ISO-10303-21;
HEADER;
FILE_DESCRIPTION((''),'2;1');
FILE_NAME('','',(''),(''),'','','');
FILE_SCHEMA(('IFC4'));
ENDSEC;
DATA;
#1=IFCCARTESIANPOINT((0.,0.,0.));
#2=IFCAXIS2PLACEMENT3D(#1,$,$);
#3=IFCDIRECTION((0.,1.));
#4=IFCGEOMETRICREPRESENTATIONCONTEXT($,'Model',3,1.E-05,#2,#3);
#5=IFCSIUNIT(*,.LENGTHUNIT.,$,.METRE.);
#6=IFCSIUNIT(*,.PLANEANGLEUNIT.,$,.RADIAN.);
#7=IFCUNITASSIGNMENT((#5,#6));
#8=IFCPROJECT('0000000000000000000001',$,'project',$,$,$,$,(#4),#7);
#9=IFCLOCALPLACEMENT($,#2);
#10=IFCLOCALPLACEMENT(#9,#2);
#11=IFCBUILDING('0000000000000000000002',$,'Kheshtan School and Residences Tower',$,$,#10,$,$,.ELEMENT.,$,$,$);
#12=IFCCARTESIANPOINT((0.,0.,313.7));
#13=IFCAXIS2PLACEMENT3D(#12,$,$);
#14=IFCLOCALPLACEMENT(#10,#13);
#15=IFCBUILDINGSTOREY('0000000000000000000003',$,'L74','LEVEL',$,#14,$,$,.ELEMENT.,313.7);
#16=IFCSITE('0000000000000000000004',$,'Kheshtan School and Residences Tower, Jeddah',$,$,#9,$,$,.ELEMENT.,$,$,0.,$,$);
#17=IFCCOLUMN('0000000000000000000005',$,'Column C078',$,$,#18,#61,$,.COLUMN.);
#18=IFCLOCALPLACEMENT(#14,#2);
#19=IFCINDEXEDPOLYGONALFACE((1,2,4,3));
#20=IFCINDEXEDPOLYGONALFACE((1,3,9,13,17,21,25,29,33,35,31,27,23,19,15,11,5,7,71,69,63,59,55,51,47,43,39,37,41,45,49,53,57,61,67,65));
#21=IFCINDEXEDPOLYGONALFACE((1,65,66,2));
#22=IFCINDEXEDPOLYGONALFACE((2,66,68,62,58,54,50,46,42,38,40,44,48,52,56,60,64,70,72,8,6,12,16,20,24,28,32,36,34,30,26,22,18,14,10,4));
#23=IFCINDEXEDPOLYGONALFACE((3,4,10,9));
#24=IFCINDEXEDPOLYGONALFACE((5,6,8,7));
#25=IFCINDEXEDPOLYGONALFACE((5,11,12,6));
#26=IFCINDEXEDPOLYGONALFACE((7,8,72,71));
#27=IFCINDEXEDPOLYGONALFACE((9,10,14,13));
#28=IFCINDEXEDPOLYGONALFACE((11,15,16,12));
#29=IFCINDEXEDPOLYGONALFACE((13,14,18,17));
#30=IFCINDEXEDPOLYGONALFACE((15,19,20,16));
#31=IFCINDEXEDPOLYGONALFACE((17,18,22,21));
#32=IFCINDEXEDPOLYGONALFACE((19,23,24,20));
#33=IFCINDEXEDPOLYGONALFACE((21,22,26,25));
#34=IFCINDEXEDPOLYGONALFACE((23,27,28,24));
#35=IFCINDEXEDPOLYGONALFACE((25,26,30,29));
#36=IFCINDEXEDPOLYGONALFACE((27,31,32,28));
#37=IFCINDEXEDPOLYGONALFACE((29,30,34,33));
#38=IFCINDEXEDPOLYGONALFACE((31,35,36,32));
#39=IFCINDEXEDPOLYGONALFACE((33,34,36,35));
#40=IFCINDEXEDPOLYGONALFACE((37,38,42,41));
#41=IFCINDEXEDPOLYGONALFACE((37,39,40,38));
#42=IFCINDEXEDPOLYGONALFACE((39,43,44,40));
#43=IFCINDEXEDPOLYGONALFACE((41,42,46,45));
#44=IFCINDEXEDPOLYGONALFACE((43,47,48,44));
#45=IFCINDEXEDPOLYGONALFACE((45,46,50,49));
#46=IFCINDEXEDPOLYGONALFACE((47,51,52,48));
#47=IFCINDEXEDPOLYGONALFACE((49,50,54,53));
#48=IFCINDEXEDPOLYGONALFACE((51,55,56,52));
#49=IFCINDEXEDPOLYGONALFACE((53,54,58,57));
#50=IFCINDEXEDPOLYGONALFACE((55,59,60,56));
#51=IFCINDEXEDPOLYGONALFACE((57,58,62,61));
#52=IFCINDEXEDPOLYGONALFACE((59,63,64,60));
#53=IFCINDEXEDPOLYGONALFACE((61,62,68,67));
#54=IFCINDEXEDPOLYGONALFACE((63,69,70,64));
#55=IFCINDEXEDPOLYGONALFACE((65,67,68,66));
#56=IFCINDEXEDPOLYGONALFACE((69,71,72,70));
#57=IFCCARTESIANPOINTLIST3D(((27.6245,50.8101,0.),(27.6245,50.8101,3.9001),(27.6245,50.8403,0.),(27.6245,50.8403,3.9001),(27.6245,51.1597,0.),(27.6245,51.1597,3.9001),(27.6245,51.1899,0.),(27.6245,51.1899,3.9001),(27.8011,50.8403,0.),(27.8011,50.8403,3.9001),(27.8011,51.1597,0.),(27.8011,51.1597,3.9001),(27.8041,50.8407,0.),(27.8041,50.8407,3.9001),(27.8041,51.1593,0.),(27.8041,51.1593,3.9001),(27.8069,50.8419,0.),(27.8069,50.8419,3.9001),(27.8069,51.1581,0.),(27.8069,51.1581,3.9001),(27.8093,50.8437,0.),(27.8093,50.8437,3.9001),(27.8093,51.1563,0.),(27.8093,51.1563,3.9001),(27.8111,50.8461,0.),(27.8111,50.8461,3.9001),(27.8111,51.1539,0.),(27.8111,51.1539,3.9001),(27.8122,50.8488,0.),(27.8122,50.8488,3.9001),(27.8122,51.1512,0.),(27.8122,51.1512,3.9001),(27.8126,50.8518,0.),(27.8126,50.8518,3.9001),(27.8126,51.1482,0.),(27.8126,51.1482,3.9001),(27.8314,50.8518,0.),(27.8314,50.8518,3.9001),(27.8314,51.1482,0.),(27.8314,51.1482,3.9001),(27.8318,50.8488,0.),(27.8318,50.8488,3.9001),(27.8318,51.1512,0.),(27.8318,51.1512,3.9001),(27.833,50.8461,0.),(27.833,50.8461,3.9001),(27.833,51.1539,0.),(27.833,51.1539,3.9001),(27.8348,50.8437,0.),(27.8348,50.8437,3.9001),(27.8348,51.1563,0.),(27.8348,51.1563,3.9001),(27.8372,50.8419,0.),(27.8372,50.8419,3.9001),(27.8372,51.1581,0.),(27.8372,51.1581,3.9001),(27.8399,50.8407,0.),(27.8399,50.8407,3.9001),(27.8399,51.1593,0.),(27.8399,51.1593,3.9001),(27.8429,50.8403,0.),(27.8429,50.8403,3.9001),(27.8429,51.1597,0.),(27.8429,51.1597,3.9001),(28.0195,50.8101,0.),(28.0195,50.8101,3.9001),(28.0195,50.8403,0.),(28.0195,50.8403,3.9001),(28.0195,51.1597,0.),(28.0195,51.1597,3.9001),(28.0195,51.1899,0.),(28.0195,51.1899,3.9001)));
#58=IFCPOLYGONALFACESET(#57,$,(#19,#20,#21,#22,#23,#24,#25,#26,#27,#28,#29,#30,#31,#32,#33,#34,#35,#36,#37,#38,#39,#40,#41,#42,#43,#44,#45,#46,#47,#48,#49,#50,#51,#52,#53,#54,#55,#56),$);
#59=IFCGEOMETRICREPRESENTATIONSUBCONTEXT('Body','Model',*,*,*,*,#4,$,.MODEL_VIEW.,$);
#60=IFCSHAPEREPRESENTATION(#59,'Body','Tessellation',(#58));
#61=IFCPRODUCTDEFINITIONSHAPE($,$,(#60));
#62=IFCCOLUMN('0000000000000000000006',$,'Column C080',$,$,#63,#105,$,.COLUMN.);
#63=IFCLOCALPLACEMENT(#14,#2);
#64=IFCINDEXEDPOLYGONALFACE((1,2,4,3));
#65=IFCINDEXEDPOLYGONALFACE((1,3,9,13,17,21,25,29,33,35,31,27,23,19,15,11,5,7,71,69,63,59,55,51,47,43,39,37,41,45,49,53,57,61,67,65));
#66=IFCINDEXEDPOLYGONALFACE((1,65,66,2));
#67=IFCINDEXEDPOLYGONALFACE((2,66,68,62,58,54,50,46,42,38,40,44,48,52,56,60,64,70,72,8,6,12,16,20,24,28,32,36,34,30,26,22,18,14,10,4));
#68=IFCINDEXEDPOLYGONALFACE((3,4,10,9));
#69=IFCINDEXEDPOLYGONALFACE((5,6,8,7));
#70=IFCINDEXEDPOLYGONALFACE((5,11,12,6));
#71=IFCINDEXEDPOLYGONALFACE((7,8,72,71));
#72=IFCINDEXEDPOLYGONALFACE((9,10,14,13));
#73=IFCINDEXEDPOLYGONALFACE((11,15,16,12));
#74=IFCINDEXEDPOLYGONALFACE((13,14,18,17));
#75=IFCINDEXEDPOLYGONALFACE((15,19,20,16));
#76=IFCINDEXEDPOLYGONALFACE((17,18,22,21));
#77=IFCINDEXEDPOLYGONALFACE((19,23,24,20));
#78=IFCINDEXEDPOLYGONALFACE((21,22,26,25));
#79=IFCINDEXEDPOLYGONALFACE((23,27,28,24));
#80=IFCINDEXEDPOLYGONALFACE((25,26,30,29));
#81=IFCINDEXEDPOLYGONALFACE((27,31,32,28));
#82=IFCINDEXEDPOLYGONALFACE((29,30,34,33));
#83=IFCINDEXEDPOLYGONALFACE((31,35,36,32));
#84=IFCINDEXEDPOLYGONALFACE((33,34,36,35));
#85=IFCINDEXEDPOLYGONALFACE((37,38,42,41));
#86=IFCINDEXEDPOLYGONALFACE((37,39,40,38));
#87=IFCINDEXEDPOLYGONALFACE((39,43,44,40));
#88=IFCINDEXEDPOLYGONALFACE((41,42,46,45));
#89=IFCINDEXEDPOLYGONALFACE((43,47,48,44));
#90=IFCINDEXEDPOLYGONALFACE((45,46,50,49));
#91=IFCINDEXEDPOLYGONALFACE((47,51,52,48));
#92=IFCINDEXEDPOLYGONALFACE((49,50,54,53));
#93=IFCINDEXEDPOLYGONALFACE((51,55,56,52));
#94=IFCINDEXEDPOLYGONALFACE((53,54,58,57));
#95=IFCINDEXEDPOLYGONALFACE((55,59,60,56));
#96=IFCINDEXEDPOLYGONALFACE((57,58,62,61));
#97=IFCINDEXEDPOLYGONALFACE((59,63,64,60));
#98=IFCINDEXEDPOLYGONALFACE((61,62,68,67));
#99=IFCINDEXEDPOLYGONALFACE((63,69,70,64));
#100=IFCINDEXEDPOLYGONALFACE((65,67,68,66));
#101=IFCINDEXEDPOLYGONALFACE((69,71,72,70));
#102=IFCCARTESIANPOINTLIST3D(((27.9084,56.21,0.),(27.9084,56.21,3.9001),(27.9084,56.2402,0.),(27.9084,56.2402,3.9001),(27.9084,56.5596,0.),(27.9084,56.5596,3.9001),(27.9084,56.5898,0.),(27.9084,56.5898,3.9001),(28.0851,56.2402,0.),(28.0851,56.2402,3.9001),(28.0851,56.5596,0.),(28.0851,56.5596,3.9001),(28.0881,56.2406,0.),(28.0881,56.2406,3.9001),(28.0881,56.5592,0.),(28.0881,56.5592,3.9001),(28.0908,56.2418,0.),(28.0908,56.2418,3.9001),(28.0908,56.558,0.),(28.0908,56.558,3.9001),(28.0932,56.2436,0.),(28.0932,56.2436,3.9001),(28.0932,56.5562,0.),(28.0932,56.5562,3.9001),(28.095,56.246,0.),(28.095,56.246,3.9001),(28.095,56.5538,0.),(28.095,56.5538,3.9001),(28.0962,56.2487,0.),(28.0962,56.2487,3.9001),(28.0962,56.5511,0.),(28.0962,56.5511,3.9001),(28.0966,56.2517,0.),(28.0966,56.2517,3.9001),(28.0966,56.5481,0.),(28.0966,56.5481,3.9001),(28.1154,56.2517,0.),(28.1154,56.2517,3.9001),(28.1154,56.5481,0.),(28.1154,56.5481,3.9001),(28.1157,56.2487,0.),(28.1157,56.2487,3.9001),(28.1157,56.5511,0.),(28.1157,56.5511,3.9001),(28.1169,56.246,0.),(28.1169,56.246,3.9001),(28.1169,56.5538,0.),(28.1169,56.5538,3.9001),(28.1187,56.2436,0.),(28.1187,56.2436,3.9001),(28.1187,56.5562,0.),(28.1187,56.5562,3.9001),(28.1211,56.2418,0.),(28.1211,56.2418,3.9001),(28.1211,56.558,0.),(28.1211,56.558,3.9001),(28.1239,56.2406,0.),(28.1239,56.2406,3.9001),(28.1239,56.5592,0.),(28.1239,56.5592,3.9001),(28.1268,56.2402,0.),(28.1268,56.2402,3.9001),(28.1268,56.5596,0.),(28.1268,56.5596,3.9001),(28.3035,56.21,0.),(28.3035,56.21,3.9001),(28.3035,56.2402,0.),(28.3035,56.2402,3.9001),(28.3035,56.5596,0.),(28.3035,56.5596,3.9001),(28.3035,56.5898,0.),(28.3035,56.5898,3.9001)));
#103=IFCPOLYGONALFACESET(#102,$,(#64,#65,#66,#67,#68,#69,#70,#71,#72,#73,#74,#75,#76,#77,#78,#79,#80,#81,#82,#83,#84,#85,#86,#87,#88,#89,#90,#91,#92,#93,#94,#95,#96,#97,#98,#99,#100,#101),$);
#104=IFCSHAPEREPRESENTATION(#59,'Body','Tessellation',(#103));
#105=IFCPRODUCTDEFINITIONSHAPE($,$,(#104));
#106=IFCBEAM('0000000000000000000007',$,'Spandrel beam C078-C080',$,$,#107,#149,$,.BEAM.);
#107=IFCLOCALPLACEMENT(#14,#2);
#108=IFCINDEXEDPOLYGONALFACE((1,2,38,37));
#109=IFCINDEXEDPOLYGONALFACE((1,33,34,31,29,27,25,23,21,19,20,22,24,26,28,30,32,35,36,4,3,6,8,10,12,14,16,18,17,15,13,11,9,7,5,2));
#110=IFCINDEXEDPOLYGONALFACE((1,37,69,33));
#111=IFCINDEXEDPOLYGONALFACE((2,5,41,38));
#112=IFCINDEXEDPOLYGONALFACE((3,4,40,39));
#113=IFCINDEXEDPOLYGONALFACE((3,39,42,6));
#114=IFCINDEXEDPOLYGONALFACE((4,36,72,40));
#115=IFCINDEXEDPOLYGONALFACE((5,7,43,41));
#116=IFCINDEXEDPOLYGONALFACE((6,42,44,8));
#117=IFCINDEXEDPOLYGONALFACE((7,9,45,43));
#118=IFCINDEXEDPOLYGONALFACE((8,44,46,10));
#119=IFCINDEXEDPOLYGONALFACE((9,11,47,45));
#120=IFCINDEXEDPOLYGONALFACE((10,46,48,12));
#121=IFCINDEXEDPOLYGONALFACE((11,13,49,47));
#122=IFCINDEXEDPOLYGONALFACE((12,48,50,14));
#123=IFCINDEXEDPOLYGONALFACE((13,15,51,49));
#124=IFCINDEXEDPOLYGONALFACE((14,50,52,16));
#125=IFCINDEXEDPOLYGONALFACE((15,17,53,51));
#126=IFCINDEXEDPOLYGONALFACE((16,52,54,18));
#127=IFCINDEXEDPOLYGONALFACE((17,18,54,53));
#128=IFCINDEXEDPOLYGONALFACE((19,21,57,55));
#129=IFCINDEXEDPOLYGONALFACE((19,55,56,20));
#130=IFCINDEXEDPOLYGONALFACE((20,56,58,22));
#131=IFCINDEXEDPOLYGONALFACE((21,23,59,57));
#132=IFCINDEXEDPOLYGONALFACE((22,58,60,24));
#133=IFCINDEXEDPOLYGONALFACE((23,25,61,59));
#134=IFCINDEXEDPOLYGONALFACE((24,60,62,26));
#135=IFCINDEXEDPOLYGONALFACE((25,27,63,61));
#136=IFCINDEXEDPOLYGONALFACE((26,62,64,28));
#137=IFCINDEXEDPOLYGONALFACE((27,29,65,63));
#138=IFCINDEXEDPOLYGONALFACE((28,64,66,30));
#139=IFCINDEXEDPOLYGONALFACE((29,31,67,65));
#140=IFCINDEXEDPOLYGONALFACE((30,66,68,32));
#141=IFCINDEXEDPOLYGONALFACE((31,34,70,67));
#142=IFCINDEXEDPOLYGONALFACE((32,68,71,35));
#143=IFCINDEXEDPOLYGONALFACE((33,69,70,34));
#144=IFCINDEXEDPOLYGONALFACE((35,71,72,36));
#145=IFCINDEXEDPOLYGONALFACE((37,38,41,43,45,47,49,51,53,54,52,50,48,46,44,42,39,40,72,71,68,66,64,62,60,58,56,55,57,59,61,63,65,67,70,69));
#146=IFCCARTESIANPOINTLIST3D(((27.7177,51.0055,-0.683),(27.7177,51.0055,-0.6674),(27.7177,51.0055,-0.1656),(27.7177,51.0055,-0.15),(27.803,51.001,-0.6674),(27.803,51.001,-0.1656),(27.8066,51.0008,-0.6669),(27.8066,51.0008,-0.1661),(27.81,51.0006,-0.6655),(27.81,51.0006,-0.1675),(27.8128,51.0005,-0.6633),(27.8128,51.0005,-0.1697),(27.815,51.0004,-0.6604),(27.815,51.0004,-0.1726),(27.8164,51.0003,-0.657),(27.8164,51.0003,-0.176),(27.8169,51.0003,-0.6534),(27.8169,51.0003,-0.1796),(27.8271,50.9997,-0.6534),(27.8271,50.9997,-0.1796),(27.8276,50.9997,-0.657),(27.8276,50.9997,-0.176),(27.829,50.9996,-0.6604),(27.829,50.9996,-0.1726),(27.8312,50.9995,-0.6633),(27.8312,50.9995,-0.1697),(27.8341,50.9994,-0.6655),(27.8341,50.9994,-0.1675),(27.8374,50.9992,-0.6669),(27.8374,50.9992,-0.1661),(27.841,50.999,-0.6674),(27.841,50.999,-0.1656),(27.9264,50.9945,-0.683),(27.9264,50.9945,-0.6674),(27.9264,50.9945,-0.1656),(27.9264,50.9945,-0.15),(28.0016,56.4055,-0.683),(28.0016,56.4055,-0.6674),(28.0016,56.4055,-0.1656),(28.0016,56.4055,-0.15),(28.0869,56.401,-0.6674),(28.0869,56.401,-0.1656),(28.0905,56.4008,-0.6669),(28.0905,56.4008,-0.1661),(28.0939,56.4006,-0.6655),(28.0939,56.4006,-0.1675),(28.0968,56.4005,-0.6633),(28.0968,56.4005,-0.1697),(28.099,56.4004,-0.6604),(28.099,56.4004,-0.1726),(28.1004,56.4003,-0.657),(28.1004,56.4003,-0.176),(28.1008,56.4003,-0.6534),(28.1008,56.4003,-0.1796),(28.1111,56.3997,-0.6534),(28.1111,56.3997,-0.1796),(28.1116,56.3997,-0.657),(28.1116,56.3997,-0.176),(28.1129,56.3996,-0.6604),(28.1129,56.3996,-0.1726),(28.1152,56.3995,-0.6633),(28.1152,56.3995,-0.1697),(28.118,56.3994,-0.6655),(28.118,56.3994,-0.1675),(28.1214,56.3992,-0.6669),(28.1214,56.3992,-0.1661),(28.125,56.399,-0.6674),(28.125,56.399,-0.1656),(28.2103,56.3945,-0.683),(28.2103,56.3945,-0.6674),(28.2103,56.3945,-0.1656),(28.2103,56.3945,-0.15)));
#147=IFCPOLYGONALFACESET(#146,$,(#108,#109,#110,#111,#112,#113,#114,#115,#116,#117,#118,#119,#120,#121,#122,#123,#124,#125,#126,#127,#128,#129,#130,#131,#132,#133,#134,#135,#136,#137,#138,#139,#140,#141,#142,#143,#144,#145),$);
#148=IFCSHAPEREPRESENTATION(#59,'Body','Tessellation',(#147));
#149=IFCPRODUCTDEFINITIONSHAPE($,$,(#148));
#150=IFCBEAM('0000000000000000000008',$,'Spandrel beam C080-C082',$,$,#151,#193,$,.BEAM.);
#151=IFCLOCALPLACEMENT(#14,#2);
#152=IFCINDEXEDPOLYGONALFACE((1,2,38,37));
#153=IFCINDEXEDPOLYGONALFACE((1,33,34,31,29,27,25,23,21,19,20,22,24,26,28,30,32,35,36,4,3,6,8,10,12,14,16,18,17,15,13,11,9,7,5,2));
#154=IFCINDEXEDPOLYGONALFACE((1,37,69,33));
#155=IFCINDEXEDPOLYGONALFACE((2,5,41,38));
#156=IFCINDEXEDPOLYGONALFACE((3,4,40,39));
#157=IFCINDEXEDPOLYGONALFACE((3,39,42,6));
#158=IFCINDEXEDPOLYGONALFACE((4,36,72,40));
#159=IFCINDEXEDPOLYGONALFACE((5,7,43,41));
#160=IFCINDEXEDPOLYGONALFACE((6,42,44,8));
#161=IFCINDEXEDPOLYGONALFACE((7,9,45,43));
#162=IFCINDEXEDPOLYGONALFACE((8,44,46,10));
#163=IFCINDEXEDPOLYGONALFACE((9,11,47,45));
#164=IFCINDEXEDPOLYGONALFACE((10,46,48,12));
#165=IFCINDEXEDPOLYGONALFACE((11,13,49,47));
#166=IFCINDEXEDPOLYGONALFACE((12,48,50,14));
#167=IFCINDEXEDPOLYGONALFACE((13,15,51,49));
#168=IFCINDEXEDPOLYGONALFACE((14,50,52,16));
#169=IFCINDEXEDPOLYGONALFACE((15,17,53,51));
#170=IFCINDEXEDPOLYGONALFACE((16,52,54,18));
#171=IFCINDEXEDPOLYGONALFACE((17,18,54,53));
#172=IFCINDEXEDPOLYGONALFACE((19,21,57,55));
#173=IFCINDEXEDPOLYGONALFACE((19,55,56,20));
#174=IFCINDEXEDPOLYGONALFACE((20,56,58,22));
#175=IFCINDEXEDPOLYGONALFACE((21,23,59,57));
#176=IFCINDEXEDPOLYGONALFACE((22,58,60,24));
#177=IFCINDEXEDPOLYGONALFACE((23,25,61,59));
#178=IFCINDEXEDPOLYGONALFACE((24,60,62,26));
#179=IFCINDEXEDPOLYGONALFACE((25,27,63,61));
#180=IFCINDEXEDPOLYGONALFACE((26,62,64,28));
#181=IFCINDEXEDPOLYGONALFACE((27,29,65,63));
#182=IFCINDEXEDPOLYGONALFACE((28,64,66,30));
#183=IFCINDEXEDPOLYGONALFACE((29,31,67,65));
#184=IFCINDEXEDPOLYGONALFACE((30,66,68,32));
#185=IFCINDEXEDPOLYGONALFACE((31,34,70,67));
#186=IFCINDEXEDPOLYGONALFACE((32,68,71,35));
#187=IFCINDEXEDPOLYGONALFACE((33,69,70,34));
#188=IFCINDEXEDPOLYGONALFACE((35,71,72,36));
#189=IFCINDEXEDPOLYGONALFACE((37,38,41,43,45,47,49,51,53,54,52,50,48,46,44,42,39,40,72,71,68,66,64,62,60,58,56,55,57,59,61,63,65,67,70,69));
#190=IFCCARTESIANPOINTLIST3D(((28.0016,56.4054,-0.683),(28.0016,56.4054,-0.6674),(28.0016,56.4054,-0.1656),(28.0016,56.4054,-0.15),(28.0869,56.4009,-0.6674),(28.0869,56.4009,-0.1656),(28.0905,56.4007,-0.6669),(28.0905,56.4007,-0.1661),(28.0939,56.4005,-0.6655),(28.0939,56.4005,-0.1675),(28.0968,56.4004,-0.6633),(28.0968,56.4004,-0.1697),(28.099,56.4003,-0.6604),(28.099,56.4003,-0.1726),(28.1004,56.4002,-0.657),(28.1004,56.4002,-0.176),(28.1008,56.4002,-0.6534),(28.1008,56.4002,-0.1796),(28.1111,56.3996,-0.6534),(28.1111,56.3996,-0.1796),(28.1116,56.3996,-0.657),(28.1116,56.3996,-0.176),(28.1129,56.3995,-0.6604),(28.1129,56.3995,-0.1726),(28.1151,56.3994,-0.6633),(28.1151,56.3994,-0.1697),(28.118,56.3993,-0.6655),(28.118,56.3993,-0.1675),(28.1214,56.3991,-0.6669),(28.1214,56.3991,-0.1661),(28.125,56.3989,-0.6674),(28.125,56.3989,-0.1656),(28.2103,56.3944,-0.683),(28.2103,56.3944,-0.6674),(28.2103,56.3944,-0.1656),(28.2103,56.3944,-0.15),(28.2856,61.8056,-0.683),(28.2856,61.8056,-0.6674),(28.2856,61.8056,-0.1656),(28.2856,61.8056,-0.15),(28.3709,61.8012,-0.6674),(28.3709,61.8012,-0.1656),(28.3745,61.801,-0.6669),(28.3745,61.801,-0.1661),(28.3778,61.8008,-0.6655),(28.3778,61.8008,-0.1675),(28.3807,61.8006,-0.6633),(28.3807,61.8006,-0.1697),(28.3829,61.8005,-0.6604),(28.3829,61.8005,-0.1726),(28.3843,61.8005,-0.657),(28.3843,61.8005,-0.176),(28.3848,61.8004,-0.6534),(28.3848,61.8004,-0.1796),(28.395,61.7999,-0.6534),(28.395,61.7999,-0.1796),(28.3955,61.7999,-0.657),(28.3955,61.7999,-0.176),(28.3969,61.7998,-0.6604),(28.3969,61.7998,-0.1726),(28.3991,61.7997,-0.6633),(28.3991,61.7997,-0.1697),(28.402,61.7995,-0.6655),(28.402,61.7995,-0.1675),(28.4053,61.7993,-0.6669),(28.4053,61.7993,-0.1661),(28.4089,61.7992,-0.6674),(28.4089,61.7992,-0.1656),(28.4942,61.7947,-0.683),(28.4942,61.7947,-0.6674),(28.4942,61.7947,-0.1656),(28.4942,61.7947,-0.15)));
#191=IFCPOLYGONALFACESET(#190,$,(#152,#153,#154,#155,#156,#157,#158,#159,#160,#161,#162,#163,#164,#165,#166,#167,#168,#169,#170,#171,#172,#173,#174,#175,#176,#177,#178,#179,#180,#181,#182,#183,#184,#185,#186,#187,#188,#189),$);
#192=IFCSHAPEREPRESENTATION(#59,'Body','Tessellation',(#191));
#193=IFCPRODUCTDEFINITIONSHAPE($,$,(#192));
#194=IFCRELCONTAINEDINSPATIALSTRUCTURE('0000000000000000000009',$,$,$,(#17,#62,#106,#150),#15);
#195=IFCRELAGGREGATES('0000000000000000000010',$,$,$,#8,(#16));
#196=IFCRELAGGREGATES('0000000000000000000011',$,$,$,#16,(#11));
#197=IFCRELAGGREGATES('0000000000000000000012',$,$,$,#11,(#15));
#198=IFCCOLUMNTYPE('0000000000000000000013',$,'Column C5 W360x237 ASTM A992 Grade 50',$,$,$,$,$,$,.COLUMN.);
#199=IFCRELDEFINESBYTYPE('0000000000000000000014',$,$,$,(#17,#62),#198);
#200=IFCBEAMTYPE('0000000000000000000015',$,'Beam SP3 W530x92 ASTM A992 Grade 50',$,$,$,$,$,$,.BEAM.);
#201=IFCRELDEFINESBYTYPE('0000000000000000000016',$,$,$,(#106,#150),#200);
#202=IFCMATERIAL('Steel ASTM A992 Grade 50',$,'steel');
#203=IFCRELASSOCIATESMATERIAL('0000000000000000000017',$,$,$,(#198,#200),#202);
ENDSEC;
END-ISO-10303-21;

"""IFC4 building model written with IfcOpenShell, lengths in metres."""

from ifc_helpers import new_model, si_unit, direction, frame, origin, origin_2d, place, context, subcontext, project, spatial, i_section, extrude, material, material_profile, profile_set, type_object, element, save


model = new_model("IFC4")

# Units and contexts
model_context = context("Model", 3, precision=1e-05, world=origin(), true_north=direction((0.0, 1.0)))
body_context = subcontext(model_context, "Body", "Model", "MODEL_VIEW")
ifc_project = project(units=[si_unit("LENGTHUNIT", "METRE"), si_unit("PLANEANGLEUNIT", "RADIAN")], contexts=[model_context])

# Site, building, storey
site_placement = place(None, origin())
site = spatial("IfcSite", under=ifc_project, at=site_placement, Name="Kheshtan School and Residences Tower, Jeddah", CompositionType="ELEMENT", RefElevation=0.0)
building_placement = place(site_placement, origin())
building = spatial("IfcBuilding", under=site, at=building_placement, Name="Kheshtan School and Residences Tower", CompositionType="ELEMENT")
storey_placement = place(building_placement, frame((0.0, 0.0, 313.7)))
storey = spatial("IfcBuildingStorey", under=building, at=storey_placement, Name="L74", Description="LEVEL", CompositionType="ELEMENT", Elevation=313.7)

# Columns
ifc_material_1 = material(Name="Steel ASTM A992 Grade 50", Category="steel")
ifc_material_profile_1 = material_profile(ifc_material_1, i_section(OverallWidth=0.395, OverallDepth=0.3799, WebThickness=0.0188, FlangeThickness=0.0303, FilletRadius=0.0115, at=origin_2d()), Name="W360x237")
ifc_profile_set_1 = profile_set([ifc_material_profile_1], Name="Steel ASTM A992 Grade 50")
column_type = type_object("IfcColumnType", Name="Column C5 W360x237 ASTM A992 Grade 50", PredefinedType="COLUMN", material=ifc_profile_set_1)
for number, where, z_axis, x_axis, name in (
    (1, (27.822, 51.0, 0.0), (0.0, 0.0, 1.0), (1.0, 0.0, 0.0), "Column C078"),
    (2, (28.106, 56.3999, 0.0), (0.0, 0.0, 1.0), (1.0, 0.0, 0.0), "Column C080"),
):
    element("IfcColumn", number, at=place(storey_placement, frame(where, z_axis=z_axis, x_axis=x_axis)), inside=storey, type_object=column_type, Name=name, PredefinedType="COLUMN", context=body_context, shape_type="SweptSolid", body=[
        extrude(i_section(OverallWidth=0.395, OverallDepth=0.3799, WebThickness=0.0188, FlangeThickness=0.0303, FilletRadius=0.0115, at=origin_2d()), origin(), (0.0, 0.0, 1.0), 3.9001),
    ])

# Beams
ifc_material_profile_2 = material_profile(ifc_material_1, i_section(OverallWidth=0.209, OverallDepth=0.533, WebThickness=0.0103, FlangeThickness=0.0156, FilletRadius=0.0139, at=origin_2d()), Name="W530x92")
ifc_profile_set_2 = profile_set([ifc_material_profile_2], Name="Steel ASTM A992 Grade 50")
beam_type = type_object("IfcBeamType", Name="Beam SP3 W530x92 ASTM A992 Grade 50", PredefinedType="BEAM", material=ifc_profile_set_2)
beam_1_placement = place(storey_placement, frame((27.822, 51.0, -0.4165), z_axis=(0.052509, 0.99862, 0.0), x_axis=(-0.99862, 0.052509, 0.0)))
element("IfcBeam", 3, at=beam_1_placement, inside=storey, type_object=beam_type, Name="Spandrel beam C078-C080", PredefinedType="BEAM", context=body_context, shape_type="SweptSolid", body=[
    extrude(i_section(OverallWidth=0.209, OverallDepth=0.533, WebThickness=0.0103, FlangeThickness=0.0156, FilletRadius=0.0139, at=origin_2d()), origin(), (0.0, 0.0, 1.0), 5.4075),
])
beam_2_placement = place(storey_placement, frame((28.106, 56.3999, -0.4165), z_axis=(0.052507, 0.998621, 0.0), x_axis=(-0.998621, 0.052507, 0.0)))
element("IfcBeam", 4, at=beam_2_placement, inside=storey, type_object=beam_type, Name="Spandrel beam C080-C082", PredefinedType="BEAM", context=body_context, shape_type="SweptSolid", body=[
    extrude(i_section(OverallWidth=0.209, OverallDepth=0.533, WebThickness=0.0103, FlangeThickness=0.0156, FilletRadius=0.0139, at=origin_2d()), origin(), (0.0, 0.0, 1.0), 5.4077),
])

save(model, "model.ifc")
